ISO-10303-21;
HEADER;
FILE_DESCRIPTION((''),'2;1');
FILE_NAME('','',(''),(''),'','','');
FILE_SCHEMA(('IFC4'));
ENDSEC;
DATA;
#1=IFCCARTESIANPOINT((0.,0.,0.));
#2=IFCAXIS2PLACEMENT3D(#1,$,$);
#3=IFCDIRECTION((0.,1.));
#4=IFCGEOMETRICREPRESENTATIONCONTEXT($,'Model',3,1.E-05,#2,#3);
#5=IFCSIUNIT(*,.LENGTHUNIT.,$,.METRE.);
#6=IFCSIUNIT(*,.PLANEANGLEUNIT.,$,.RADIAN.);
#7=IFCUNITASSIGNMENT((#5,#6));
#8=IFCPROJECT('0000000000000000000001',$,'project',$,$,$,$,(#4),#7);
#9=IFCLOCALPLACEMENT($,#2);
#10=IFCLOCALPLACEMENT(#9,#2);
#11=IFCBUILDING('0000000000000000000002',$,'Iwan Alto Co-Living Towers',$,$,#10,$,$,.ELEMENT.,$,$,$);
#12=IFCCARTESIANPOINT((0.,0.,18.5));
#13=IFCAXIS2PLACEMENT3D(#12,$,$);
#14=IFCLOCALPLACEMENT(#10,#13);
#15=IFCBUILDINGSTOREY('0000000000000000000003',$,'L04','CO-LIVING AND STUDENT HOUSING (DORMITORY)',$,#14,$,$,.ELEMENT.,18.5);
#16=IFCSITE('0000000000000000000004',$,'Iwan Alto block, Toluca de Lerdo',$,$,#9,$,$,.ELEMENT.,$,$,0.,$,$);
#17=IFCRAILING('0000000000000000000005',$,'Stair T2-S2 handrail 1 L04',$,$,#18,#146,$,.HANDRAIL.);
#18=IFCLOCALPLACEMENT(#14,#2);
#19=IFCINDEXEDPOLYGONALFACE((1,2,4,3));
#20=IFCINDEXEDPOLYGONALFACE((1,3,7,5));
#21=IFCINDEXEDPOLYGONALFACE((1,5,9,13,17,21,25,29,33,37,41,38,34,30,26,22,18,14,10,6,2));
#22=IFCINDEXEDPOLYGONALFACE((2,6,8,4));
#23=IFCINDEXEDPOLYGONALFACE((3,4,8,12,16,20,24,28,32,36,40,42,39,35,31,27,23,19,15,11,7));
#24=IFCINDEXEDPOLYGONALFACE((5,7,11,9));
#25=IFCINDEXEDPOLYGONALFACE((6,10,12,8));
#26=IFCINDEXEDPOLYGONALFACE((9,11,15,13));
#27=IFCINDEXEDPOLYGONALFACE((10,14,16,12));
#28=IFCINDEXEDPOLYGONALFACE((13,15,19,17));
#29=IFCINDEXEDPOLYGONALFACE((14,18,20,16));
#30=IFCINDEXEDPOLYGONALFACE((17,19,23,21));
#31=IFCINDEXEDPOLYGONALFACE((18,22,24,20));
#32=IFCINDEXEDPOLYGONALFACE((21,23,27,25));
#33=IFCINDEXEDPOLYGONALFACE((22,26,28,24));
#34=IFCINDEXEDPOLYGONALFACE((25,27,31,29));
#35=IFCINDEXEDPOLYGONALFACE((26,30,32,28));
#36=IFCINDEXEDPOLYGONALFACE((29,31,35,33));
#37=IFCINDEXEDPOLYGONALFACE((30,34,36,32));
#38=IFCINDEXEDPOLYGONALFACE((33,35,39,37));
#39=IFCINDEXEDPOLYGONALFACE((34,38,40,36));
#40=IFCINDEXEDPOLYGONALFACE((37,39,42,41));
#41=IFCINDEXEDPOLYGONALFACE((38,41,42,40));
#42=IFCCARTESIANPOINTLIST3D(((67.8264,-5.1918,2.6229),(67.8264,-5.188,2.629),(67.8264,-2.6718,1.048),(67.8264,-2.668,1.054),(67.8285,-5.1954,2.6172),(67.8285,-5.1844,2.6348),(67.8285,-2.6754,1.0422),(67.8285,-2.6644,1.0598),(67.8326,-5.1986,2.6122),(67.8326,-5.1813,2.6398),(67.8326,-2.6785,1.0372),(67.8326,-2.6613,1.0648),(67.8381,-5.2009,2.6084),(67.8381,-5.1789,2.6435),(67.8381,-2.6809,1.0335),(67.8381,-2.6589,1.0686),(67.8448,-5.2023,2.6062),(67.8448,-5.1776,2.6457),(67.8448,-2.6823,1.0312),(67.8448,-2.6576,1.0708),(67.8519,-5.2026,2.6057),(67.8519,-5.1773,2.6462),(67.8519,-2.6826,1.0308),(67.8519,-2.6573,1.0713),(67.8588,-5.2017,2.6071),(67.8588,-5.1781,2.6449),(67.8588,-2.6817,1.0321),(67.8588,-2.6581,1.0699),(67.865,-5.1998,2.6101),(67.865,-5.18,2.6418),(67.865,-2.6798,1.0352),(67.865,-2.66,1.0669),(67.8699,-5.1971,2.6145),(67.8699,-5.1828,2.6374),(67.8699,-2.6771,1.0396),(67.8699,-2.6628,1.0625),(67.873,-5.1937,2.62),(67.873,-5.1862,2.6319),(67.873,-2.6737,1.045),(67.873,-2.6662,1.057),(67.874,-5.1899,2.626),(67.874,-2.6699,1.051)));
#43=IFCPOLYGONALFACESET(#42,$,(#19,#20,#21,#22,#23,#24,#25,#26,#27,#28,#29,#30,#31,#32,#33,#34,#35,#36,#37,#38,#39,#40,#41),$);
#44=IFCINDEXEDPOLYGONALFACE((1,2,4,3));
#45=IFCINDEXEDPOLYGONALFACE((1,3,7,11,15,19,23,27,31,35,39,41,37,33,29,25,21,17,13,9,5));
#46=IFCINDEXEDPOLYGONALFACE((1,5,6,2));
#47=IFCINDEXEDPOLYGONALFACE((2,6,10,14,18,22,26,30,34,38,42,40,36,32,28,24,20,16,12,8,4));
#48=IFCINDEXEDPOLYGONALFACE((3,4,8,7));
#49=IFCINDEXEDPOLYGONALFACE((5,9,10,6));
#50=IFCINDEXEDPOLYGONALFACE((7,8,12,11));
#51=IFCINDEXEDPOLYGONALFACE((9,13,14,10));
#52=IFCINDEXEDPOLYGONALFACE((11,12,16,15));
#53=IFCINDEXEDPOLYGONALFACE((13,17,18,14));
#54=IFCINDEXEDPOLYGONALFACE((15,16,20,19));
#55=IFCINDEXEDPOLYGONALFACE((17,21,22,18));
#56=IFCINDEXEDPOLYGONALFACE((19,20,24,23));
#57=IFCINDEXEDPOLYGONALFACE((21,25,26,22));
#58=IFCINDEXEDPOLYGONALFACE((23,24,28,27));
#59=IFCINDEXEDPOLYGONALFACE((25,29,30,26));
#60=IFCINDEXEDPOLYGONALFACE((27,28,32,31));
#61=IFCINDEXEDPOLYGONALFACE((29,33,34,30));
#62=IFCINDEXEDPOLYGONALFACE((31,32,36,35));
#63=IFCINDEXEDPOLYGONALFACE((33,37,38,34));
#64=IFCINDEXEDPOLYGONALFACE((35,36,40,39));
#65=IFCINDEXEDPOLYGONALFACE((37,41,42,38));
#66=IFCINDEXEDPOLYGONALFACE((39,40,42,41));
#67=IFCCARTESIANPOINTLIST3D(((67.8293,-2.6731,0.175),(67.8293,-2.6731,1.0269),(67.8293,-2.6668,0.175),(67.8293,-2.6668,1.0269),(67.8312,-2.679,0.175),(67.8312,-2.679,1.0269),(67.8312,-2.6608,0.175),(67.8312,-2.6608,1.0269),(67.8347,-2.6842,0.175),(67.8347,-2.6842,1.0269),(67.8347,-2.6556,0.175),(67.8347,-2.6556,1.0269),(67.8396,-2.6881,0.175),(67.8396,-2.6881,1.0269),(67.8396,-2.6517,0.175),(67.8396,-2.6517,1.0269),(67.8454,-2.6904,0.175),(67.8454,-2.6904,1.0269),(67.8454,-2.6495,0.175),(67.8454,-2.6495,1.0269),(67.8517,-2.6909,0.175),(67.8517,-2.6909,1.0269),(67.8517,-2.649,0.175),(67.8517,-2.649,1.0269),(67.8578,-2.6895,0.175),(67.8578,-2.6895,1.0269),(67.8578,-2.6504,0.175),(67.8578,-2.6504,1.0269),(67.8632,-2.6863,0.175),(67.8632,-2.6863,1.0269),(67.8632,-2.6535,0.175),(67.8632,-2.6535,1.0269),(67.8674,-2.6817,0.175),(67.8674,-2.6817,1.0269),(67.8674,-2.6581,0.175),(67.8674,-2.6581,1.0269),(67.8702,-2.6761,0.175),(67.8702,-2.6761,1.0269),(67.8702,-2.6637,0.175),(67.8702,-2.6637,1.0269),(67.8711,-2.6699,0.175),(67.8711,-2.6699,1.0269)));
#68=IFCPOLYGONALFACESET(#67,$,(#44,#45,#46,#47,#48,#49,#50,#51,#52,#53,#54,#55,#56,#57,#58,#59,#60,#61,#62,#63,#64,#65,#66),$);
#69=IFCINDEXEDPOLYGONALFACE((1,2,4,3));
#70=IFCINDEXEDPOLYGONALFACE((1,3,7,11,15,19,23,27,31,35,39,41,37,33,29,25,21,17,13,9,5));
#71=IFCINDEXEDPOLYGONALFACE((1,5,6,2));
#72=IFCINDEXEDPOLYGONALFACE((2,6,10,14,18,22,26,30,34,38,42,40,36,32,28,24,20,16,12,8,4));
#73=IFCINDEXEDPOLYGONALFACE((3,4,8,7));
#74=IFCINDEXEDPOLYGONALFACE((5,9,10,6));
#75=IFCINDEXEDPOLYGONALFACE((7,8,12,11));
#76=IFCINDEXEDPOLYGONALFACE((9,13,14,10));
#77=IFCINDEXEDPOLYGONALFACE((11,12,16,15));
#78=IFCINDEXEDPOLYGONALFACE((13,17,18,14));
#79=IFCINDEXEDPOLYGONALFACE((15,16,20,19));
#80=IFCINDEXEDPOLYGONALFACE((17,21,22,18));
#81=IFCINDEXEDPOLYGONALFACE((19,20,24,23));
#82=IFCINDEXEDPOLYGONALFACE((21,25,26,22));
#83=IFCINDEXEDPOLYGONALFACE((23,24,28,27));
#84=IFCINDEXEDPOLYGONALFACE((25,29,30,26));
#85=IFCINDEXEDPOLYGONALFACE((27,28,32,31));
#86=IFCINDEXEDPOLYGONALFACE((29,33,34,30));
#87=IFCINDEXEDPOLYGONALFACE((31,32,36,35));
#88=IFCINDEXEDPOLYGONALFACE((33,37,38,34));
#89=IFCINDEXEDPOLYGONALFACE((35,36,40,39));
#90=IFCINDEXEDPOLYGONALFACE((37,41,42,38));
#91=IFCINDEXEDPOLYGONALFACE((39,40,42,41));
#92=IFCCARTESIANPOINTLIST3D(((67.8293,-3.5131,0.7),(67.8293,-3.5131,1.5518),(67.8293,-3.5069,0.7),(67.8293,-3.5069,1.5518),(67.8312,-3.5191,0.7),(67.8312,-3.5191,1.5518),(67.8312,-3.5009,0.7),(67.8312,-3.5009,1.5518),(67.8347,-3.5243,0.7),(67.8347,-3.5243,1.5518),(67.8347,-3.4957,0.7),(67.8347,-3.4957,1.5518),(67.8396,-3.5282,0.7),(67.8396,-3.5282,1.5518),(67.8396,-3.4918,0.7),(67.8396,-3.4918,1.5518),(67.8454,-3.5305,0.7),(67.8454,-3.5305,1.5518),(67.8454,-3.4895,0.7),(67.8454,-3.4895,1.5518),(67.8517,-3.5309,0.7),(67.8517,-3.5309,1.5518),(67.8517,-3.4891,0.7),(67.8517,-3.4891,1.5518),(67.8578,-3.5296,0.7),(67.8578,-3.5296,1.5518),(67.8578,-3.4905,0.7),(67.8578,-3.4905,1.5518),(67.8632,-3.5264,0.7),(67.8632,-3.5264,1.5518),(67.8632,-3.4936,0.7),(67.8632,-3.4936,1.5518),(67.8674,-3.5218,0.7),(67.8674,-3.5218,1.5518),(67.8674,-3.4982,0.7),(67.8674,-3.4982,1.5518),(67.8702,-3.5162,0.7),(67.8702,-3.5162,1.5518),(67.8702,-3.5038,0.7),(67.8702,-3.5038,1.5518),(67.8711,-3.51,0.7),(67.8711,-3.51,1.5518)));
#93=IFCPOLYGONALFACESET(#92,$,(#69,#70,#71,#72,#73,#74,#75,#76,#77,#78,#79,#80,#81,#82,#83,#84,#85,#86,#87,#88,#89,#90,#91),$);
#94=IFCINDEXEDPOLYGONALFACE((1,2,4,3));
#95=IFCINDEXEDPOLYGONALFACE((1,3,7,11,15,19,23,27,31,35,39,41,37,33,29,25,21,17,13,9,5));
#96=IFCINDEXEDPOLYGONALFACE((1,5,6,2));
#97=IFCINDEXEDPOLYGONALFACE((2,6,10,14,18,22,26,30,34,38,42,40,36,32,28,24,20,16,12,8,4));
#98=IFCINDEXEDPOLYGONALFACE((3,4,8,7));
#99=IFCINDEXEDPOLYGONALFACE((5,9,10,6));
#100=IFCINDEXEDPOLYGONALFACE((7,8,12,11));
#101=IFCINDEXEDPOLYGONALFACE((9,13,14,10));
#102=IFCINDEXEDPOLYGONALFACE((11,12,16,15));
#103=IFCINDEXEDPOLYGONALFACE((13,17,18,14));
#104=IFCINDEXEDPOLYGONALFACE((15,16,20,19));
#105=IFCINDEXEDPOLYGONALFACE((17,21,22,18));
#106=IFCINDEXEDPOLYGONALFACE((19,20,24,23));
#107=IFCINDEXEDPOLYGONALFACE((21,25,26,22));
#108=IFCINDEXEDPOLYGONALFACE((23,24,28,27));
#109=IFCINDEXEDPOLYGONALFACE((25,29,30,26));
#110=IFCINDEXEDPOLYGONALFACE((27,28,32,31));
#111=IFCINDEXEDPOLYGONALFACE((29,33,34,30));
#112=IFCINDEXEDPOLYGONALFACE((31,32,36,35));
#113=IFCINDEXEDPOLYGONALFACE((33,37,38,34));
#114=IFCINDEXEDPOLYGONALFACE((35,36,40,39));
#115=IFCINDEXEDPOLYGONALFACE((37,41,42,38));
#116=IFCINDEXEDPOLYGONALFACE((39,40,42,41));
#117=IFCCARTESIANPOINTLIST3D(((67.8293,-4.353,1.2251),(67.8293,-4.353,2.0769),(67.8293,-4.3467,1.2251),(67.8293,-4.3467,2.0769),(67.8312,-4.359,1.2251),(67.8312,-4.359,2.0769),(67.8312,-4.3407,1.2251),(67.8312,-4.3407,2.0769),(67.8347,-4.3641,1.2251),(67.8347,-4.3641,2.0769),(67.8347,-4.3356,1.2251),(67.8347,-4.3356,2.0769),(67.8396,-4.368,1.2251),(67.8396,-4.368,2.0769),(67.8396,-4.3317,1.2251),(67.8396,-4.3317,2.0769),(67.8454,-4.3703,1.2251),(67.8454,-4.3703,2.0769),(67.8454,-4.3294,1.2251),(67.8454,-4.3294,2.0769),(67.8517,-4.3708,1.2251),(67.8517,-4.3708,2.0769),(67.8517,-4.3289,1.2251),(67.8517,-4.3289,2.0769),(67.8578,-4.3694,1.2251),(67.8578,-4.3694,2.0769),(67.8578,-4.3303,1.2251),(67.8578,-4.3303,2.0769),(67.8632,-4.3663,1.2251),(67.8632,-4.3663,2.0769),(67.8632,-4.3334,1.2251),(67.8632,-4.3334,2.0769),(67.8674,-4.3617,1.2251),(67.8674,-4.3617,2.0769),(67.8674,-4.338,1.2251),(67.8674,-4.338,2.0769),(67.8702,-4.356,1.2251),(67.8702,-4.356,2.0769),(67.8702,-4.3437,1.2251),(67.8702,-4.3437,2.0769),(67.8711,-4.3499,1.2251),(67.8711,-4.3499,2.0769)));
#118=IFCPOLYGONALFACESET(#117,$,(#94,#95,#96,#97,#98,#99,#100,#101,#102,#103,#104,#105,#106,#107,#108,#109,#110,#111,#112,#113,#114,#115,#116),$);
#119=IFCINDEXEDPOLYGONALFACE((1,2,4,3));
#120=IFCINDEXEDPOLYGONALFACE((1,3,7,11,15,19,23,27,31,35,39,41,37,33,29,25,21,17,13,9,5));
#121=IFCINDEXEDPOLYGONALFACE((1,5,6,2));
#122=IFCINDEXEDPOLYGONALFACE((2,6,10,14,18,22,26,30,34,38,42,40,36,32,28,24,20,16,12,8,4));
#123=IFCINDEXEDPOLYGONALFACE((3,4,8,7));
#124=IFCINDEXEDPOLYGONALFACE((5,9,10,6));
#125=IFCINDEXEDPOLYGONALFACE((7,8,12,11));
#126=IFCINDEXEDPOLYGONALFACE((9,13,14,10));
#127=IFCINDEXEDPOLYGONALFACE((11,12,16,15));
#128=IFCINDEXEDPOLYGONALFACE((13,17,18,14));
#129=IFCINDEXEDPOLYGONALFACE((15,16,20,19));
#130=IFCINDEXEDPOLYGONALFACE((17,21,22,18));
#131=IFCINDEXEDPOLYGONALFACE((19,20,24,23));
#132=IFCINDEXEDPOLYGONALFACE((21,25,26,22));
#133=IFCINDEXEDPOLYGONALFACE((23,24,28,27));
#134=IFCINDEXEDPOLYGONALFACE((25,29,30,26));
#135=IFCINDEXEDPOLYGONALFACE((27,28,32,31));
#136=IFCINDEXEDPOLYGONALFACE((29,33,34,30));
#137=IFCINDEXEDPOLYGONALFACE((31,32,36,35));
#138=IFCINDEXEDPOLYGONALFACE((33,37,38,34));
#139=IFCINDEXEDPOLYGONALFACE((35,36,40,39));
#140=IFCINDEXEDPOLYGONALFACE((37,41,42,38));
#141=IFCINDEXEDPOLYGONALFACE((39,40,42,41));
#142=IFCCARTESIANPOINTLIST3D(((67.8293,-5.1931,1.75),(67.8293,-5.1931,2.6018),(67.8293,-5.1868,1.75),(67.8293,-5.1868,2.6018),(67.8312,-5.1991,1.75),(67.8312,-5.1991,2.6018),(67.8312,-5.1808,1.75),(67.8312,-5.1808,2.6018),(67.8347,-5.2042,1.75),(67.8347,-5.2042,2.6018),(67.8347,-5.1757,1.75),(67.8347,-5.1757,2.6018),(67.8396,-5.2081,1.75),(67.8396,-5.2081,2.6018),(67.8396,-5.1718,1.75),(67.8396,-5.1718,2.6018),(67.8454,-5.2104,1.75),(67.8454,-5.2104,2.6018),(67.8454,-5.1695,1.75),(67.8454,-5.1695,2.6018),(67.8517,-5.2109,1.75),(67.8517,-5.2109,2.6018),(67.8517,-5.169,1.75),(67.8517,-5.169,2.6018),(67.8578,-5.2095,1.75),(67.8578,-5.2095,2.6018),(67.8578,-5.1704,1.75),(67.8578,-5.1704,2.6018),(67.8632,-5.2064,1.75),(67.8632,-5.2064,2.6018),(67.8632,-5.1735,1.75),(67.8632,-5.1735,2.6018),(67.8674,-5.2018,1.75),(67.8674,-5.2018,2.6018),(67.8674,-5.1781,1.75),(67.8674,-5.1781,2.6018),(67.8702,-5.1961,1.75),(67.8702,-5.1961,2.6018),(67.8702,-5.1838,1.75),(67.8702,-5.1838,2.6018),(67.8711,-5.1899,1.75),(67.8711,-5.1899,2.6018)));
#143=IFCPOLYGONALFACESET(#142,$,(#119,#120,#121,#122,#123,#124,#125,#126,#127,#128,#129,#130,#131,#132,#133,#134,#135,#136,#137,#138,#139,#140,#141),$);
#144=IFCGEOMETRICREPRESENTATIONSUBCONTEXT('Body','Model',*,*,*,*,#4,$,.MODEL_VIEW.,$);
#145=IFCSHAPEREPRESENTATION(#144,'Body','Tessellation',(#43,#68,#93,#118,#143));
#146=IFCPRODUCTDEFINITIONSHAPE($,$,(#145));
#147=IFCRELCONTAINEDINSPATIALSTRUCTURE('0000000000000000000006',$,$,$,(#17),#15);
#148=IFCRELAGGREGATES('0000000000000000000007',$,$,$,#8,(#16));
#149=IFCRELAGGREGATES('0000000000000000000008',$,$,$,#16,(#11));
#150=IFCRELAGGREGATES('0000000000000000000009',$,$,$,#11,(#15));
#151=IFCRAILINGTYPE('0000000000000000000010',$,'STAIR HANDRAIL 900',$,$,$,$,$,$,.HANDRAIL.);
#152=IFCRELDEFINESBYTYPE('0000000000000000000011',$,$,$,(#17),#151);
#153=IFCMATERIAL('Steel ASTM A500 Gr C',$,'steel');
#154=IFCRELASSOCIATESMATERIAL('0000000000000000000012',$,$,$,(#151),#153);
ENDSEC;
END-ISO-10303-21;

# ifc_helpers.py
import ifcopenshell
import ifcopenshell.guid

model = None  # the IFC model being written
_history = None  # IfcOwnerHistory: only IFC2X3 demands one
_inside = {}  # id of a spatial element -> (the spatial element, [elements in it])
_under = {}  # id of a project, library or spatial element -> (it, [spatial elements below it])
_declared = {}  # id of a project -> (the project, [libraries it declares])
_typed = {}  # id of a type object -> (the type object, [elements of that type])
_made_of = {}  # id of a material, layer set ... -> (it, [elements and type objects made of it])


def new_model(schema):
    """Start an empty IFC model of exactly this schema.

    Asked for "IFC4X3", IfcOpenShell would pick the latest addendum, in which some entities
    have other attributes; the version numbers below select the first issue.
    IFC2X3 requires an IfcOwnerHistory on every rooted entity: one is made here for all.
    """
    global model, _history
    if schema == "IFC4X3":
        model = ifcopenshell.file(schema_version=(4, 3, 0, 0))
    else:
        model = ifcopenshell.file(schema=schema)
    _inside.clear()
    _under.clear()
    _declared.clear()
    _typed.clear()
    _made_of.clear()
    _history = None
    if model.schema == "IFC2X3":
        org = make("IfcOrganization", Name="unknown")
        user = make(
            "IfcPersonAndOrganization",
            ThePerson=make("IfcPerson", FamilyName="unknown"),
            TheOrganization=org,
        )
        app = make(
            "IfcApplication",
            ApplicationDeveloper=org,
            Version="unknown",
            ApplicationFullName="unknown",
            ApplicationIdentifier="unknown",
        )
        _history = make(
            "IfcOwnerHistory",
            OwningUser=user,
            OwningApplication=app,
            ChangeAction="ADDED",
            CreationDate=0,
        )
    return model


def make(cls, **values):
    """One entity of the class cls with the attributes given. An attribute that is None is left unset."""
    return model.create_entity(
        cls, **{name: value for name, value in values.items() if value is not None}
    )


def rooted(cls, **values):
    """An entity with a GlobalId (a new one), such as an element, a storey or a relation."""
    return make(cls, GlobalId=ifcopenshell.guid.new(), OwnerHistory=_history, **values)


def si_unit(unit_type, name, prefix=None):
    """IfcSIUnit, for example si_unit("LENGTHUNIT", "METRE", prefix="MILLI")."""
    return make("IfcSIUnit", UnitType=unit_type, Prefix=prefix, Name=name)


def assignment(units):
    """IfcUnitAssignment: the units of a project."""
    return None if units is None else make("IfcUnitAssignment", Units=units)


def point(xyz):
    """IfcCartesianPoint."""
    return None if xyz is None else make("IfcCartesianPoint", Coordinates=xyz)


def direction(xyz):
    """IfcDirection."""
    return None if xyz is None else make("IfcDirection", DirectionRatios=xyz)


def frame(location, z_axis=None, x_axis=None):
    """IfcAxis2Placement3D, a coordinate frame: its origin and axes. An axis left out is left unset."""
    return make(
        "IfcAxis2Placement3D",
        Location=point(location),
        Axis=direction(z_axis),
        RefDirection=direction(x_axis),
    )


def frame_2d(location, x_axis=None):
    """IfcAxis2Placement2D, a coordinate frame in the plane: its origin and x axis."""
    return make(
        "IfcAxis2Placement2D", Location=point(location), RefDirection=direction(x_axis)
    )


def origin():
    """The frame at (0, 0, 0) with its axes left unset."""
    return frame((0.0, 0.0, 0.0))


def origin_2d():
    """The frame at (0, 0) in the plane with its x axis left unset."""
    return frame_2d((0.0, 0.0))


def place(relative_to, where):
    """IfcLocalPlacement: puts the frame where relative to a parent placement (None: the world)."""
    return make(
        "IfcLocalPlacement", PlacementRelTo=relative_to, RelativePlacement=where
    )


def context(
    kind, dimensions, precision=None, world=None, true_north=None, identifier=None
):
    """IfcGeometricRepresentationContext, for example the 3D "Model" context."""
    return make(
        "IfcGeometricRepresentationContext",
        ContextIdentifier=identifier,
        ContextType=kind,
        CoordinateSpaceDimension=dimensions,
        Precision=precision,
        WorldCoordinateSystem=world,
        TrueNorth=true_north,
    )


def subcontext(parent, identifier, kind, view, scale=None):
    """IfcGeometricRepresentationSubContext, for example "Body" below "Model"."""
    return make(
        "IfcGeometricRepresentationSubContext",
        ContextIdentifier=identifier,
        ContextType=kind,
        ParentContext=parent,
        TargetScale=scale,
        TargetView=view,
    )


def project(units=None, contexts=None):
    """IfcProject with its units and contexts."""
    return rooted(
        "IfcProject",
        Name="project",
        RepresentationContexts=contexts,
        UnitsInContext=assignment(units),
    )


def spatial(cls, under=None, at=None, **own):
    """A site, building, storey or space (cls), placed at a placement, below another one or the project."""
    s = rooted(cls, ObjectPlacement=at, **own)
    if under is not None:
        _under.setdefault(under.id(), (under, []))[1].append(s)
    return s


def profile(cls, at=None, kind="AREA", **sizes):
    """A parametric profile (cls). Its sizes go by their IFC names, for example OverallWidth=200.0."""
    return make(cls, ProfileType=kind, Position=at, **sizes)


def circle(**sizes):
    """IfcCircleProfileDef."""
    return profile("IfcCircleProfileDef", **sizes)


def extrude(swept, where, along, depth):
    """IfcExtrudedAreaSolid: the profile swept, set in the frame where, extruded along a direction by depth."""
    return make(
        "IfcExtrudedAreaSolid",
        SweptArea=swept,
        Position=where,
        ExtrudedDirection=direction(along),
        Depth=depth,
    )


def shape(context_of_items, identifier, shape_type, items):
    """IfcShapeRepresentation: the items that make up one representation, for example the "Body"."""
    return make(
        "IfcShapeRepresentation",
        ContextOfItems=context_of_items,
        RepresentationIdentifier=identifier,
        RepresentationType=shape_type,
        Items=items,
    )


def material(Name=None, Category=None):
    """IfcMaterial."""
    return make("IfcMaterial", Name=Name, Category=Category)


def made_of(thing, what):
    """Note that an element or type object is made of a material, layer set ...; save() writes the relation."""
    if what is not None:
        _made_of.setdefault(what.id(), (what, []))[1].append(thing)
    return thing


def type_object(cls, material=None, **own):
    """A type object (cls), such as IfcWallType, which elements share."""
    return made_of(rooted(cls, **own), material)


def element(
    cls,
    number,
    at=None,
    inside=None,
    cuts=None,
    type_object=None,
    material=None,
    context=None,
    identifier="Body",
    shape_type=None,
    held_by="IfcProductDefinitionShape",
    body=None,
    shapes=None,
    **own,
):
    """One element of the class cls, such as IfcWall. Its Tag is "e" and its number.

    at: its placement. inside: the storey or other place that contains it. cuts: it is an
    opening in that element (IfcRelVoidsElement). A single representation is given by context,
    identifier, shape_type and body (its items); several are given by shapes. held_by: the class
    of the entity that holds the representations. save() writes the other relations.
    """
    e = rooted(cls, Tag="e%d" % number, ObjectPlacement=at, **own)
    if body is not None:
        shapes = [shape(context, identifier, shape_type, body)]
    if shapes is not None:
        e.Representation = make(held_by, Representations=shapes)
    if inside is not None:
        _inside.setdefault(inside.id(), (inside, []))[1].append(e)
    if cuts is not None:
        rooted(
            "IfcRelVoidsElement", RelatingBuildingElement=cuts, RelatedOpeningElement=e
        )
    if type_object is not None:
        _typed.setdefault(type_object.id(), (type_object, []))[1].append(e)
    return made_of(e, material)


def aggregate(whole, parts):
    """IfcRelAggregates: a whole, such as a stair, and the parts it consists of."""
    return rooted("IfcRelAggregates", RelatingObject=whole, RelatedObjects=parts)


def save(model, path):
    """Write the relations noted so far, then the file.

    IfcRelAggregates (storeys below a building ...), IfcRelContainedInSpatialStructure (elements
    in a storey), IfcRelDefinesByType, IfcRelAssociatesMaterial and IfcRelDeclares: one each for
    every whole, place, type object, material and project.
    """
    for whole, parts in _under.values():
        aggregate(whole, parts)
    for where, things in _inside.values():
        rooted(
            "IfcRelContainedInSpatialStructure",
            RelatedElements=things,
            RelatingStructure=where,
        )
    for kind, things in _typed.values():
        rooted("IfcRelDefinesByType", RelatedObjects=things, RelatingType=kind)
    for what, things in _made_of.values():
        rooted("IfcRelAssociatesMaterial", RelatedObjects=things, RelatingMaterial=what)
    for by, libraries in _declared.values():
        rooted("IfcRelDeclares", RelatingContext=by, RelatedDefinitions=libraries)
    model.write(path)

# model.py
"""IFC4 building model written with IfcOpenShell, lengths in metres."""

from ifc_helpers import new_model, si_unit, direction, frame, origin, origin_2d, place, context, subcontext, project, spatial, circle, extrude, material, type_object, element, save


model = new_model("IFC4")

# Units and contexts
model_context = context("Model", 3, precision=1e-05, world=origin(), true_north=direction((0.0, 1.0)))
body_context = subcontext(model_context, "Body", "Model", "MODEL_VIEW")
ifc_project = project(units=[si_unit("LENGTHUNIT", "METRE"), si_unit("PLANEANGLEUNIT", "RADIAN")], contexts=[model_context])

# Site, building, storey
site_placement = place(None, origin())
site = spatial("IfcSite", under=ifc_project, at=site_placement, Name="Iwan Alto block, Toluca de Lerdo", CompositionType="ELEMENT", RefElevation=0.0)
building_placement = place(site_placement, origin())
building = spatial("IfcBuilding", under=site, at=building_placement, Name="Iwan Alto Co-Living Towers", CompositionType="ELEMENT")
storey_placement = place(building_placement, frame((0.0, 0.0, 18.5)))
storey = spatial("IfcBuildingStorey", under=building, at=storey_placement, Name="L04", Description="CO-LIVING AND STUDENT HOUSING (DORMITORY)", CompositionType="ELEMENT", Elevation=18.5)

# Railing
ifc_material_1 = material(Name="Steel ASTM A500 Gr C", Category="steel")
railing_type_1 = type_object("IfcRailingType", Name="STAIR HANDRAIL 900", PredefinedType="HANDRAIL", material=ifc_material_1)
railing_1_placement = place(storey_placement, frame((67.8501, -2.6699, 0.175)))
element("IfcRailing", 1, at=railing_1_placement, inside=storey, type_object=railing_type_1, Name="Stair T2-S2 handrail 1 L04", PredefinedType="HANDRAIL", context=body_context, shape_type="SweptSolid", body=[
    extrude(circle(Radius=0.0239, at=origin_2d()), frame((0.0, 0.0, 0.876), z_axis=(0.0, -0.848008, 0.529984), x_axis=(1.0, 0.0, 0.0)), (0.0, 0.0, 1.0), 2.9717),
    extrude(circle(Radius=0.021, at=origin_2d()), origin(), (0.0, 0.0, 1.0), 0.8518),
    extrude(circle(Radius=0.021, at=origin_2d()), frame((0.0, -0.8401, 0.5249)), (0.0, 0.0, 1.0), 0.8518),
    extrude(circle(Radius=0.021, at=origin_2d()), frame((0.0, -1.6799, 1.05)), (0.0, 0.0, 1.0), 0.8518),
    extrude(circle(Radius=0.021, at=origin_2d()), frame((0.0, -2.52, 1.575)), (0.0, 0.0, 1.0), 0.8518),
])

save(model, "model.ifc")
